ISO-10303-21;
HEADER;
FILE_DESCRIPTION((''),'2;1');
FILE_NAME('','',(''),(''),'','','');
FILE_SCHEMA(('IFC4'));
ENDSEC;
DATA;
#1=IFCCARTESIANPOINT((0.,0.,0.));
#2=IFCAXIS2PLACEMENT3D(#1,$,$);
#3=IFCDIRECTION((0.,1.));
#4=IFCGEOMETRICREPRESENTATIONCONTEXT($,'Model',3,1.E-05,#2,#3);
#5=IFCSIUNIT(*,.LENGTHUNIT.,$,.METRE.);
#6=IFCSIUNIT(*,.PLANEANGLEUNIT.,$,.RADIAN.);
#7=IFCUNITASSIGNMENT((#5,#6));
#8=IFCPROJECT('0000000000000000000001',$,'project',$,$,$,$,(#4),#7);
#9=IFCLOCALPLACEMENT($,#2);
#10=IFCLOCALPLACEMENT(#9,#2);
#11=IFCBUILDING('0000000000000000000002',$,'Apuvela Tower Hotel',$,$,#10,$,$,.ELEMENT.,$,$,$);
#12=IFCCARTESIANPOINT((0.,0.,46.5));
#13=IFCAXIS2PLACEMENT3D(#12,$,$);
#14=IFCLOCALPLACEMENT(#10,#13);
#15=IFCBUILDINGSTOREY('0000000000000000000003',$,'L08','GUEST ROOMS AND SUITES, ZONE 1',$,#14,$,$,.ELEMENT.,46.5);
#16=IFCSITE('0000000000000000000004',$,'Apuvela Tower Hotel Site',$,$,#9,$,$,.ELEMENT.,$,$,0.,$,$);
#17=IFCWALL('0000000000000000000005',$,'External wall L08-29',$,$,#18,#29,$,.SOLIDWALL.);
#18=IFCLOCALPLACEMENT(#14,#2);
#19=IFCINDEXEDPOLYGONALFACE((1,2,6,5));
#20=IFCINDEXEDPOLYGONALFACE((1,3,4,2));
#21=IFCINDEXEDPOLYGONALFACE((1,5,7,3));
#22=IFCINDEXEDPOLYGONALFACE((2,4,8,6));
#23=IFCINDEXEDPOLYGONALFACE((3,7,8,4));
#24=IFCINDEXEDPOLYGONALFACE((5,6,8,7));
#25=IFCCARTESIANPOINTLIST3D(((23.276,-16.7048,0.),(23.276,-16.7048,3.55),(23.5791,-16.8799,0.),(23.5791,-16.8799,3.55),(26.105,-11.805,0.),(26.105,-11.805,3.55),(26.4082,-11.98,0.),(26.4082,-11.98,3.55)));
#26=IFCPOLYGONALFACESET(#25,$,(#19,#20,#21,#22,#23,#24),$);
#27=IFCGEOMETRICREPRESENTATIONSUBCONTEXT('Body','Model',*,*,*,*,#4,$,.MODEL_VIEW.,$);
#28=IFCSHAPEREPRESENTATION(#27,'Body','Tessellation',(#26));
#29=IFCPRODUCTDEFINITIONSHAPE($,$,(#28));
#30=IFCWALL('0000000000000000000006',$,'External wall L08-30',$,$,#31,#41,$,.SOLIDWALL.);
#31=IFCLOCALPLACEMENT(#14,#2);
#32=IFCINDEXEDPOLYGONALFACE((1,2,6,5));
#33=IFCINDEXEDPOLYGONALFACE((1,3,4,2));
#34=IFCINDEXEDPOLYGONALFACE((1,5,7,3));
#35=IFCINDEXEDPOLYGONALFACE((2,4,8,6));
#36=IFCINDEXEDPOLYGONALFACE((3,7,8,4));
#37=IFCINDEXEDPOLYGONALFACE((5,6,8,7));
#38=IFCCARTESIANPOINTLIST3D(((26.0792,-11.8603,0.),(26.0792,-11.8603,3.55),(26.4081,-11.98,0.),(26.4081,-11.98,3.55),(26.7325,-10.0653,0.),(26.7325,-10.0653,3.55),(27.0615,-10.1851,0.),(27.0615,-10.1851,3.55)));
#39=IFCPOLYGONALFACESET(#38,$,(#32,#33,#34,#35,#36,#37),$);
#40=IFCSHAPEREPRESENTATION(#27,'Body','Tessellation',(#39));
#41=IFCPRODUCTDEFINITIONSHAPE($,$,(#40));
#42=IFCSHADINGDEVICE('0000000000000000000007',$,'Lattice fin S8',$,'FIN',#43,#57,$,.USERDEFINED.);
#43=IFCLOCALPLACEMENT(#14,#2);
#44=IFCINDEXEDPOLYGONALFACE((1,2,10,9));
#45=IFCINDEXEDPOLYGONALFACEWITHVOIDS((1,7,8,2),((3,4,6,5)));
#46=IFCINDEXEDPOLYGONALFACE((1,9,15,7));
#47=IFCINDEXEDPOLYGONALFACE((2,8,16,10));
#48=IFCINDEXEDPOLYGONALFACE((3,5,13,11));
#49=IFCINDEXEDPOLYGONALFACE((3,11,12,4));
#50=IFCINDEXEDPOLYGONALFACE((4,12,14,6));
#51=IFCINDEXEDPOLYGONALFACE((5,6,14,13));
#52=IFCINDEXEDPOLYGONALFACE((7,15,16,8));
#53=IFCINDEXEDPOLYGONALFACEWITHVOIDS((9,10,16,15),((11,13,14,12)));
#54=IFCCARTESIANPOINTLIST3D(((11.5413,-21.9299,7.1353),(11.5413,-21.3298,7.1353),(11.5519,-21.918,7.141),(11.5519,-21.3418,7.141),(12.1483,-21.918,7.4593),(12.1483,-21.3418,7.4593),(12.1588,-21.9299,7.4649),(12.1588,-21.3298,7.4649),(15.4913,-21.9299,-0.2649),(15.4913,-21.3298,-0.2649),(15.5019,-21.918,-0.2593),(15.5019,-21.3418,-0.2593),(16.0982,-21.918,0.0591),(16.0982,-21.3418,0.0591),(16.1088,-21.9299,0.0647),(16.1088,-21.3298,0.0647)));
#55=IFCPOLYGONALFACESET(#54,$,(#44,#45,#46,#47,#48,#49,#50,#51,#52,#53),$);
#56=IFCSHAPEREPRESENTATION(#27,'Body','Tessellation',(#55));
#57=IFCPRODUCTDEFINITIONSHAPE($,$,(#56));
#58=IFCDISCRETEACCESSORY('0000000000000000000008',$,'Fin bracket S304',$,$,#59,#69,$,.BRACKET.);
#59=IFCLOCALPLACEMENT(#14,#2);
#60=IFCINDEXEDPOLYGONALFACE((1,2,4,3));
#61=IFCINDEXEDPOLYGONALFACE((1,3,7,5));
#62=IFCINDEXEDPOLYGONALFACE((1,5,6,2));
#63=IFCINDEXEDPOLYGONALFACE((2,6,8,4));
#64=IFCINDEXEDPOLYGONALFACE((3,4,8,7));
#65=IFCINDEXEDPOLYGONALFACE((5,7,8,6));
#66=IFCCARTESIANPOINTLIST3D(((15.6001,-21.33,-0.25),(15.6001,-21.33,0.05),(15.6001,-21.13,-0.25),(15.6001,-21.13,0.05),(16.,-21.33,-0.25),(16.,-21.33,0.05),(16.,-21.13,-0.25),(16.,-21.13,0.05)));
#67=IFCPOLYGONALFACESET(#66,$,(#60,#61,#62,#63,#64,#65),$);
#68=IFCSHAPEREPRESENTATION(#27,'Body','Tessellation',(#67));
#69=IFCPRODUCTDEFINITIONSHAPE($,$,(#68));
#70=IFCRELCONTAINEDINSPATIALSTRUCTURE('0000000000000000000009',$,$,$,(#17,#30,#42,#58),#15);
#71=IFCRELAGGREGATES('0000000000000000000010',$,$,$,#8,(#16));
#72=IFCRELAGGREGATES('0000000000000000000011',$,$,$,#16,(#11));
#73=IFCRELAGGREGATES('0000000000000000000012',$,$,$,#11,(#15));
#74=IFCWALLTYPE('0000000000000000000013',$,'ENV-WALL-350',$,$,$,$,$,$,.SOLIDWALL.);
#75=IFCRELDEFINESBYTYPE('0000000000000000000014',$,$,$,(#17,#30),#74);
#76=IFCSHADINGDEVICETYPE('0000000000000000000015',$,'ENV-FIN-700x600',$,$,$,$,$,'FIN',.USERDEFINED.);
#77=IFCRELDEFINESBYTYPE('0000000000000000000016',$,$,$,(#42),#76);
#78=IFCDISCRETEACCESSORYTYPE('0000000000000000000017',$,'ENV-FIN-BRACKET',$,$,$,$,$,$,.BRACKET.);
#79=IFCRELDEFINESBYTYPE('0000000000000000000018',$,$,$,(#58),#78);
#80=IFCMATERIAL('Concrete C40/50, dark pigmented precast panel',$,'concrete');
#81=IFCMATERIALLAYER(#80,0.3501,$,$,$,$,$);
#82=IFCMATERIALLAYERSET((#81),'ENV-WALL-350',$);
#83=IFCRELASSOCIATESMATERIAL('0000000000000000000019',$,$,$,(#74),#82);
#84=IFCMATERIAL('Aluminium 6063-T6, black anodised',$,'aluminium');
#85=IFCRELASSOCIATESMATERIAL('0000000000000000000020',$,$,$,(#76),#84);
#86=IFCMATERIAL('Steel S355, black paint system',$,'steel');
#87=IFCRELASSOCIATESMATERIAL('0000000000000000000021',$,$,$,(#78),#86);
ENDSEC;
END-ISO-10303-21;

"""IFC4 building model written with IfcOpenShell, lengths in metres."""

from ifc_helpers import new_model, si_unit, direction, frame, frame_2d, origin, origin_2d, place, context, subcontext, project, spatial, rectangle, hollow_rectangle, extrude, material, layer, layer_set, material_profile, profile_set, type_object, element, save


model = new_model("IFC4")

# Units and contexts
model_context = context("Model", 3, precision=1e-05, world=origin(), true_north=direction((0.0, 1.0)))
body_context = subcontext(model_context, "Body", "Model", "MODEL_VIEW")
ifc_project = project(units=[si_unit("LENGTHUNIT", "METRE"), si_unit("PLANEANGLEUNIT", "RADIAN")], contexts=[model_context])

# Site, building, storey
site_placement = place(None, origin())
site = spatial("IfcSite", under=ifc_project, at=site_placement, Name="Apuvela Tower Hotel Site", CompositionType="ELEMENT", RefElevation=0.0)
building_placement = place(site_placement, origin())
building = spatial("IfcBuilding", under=site, at=building_placement, Name="Apuvela Tower Hotel", CompositionType="ELEMENT")
storey_placement = place(building_placement, frame((0.0, 0.0, 46.5)))
storey = spatial("IfcBuildingStorey", under=building, at=storey_placement, Name="L08", Description="GUEST ROOMS AND SUITES, ZONE 1", CompositionType="ELEMENT", Elevation=46.5)

# Shared definitions
ifc_material_1 = material(Name="Concrete C40/50, dark pigmented precast panel", Category="concrete")
ifc_layer_1 = layer(ifc_material_1, 0.3501)
ifc_layer_set_1 = layer_set([ifc_layer_1], Name="ENV-WALL-350")
wall_type_1 = type_object("IfcWallType", Name="ENV-WALL-350", PredefinedType="SOLIDWALL", material=ifc_layer_set_1)

# Walls
wall_1_placement = place(storey_placement, frame((23.4275, -16.7925, 0.0), z_axis=(0.0, 0.0, 1.0), x_axis=(0.500019, 0.866015, 0.0)))
element("IfcWall", 1, at=wall_1_placement, inside=storey, type_object=wall_type_1, Name="External wall L08-29", PredefinedType="SOLIDWALL", context=body_context, shape_type="SweptSolid", body=[
    extrude(rectangle(XDim=5.658, YDim=0.3501, at=frame_2d((2.8291, 0.0))), origin(), (0.0, 0.0, 1.0), 3.55),
])
wall_2_placement = place(storey_placement, frame((26.2437, -11.9202, 0.0), z_axis=(0.0, 0.0, 1.0), x_axis=(0.34203, 0.939689, 0.0)))
element("IfcWall", 2, at=wall_2_placement, inside=storey, type_object=wall_type_1, Name="External wall L08-30", PredefinedType="SOLIDWALL", context=body_context, shape_type="SweptSolid", body=[
    extrude(rectangle(XDim=1.9102, YDim=0.3501, at=frame_2d((0.9551, 0.0))), origin(), (0.0, 0.0, 1.0), 3.55),
])

# Shading device
ifc_material_2 = material(Name="Aluminium 6063-T6, black anodised", Category="aluminium")
ifc_material_profile_1 = material_profile(ifc_material_2, hollow_rectangle(XDim=0.6001, YDim=0.7, WallThickness=0.012, at=origin_2d()), Name="AL BOX 700x600x12")
ifc_profile_set_1 = profile_set([ifc_material_profile_1], Name="Aluminium 6063-T6, black anodised")
shading_device_type = type_object("IfcShadingDeviceType", Name="ENV-FIN-700x600", ElementType="FIN", PredefinedType="USERDEFINED", material=ifc_profile_set_1)
shading_device_placement = place(storey_placement, frame((15.8, -21.6299, -0.1001), z_axis=(-0.470886, 0.0, 0.882194), x_axis=(0.0, -1.0, 0.0)))
element("IfcShadingDevice", 3, at=shading_device_placement, inside=storey, type_object=shading_device_type, Name="Lattice fin S8", ObjectType="FIN", PredefinedType="USERDEFINED", context=body_context, shape_type="SweptSolid", body=[
    extrude(hollow_rectangle(XDim=0.6001, YDim=0.7, WallThickness=0.012, at=origin_2d()), origin(), (0.0, 0.0, 1.0), 8.3884),
])

# Discrete accessory
ifc_material_3 = material(Name="Steel S355, black paint system", Category="steel")
discrete_accessory_type = type_object("IfcDiscreteAccessoryType", Name="ENV-FIN-BRACKET", PredefinedType="BRACKET", material=ifc_material_3)
discrete_accessory_placement = place(storey_placement, frame((15.8, -21.23, -0.25), z_axis=(0.0, 0.0, 1.0), x_axis=(1.0, 0.0, 0.0)))
element("IfcDiscreteAccessory", 4, at=discrete_accessory_placement, inside=storey, type_object=discrete_accessory_type, Name="Fin bracket S304", PredefinedType="BRACKET", context=body_context, shape_type="SweptSolid", body=[
    extrude(rectangle(XDim=0.3999, YDim=0.2, at=origin_2d()), origin(), (0.0, 0.0, 1.0), 0.3),
])

save(model, "model.ifc")
